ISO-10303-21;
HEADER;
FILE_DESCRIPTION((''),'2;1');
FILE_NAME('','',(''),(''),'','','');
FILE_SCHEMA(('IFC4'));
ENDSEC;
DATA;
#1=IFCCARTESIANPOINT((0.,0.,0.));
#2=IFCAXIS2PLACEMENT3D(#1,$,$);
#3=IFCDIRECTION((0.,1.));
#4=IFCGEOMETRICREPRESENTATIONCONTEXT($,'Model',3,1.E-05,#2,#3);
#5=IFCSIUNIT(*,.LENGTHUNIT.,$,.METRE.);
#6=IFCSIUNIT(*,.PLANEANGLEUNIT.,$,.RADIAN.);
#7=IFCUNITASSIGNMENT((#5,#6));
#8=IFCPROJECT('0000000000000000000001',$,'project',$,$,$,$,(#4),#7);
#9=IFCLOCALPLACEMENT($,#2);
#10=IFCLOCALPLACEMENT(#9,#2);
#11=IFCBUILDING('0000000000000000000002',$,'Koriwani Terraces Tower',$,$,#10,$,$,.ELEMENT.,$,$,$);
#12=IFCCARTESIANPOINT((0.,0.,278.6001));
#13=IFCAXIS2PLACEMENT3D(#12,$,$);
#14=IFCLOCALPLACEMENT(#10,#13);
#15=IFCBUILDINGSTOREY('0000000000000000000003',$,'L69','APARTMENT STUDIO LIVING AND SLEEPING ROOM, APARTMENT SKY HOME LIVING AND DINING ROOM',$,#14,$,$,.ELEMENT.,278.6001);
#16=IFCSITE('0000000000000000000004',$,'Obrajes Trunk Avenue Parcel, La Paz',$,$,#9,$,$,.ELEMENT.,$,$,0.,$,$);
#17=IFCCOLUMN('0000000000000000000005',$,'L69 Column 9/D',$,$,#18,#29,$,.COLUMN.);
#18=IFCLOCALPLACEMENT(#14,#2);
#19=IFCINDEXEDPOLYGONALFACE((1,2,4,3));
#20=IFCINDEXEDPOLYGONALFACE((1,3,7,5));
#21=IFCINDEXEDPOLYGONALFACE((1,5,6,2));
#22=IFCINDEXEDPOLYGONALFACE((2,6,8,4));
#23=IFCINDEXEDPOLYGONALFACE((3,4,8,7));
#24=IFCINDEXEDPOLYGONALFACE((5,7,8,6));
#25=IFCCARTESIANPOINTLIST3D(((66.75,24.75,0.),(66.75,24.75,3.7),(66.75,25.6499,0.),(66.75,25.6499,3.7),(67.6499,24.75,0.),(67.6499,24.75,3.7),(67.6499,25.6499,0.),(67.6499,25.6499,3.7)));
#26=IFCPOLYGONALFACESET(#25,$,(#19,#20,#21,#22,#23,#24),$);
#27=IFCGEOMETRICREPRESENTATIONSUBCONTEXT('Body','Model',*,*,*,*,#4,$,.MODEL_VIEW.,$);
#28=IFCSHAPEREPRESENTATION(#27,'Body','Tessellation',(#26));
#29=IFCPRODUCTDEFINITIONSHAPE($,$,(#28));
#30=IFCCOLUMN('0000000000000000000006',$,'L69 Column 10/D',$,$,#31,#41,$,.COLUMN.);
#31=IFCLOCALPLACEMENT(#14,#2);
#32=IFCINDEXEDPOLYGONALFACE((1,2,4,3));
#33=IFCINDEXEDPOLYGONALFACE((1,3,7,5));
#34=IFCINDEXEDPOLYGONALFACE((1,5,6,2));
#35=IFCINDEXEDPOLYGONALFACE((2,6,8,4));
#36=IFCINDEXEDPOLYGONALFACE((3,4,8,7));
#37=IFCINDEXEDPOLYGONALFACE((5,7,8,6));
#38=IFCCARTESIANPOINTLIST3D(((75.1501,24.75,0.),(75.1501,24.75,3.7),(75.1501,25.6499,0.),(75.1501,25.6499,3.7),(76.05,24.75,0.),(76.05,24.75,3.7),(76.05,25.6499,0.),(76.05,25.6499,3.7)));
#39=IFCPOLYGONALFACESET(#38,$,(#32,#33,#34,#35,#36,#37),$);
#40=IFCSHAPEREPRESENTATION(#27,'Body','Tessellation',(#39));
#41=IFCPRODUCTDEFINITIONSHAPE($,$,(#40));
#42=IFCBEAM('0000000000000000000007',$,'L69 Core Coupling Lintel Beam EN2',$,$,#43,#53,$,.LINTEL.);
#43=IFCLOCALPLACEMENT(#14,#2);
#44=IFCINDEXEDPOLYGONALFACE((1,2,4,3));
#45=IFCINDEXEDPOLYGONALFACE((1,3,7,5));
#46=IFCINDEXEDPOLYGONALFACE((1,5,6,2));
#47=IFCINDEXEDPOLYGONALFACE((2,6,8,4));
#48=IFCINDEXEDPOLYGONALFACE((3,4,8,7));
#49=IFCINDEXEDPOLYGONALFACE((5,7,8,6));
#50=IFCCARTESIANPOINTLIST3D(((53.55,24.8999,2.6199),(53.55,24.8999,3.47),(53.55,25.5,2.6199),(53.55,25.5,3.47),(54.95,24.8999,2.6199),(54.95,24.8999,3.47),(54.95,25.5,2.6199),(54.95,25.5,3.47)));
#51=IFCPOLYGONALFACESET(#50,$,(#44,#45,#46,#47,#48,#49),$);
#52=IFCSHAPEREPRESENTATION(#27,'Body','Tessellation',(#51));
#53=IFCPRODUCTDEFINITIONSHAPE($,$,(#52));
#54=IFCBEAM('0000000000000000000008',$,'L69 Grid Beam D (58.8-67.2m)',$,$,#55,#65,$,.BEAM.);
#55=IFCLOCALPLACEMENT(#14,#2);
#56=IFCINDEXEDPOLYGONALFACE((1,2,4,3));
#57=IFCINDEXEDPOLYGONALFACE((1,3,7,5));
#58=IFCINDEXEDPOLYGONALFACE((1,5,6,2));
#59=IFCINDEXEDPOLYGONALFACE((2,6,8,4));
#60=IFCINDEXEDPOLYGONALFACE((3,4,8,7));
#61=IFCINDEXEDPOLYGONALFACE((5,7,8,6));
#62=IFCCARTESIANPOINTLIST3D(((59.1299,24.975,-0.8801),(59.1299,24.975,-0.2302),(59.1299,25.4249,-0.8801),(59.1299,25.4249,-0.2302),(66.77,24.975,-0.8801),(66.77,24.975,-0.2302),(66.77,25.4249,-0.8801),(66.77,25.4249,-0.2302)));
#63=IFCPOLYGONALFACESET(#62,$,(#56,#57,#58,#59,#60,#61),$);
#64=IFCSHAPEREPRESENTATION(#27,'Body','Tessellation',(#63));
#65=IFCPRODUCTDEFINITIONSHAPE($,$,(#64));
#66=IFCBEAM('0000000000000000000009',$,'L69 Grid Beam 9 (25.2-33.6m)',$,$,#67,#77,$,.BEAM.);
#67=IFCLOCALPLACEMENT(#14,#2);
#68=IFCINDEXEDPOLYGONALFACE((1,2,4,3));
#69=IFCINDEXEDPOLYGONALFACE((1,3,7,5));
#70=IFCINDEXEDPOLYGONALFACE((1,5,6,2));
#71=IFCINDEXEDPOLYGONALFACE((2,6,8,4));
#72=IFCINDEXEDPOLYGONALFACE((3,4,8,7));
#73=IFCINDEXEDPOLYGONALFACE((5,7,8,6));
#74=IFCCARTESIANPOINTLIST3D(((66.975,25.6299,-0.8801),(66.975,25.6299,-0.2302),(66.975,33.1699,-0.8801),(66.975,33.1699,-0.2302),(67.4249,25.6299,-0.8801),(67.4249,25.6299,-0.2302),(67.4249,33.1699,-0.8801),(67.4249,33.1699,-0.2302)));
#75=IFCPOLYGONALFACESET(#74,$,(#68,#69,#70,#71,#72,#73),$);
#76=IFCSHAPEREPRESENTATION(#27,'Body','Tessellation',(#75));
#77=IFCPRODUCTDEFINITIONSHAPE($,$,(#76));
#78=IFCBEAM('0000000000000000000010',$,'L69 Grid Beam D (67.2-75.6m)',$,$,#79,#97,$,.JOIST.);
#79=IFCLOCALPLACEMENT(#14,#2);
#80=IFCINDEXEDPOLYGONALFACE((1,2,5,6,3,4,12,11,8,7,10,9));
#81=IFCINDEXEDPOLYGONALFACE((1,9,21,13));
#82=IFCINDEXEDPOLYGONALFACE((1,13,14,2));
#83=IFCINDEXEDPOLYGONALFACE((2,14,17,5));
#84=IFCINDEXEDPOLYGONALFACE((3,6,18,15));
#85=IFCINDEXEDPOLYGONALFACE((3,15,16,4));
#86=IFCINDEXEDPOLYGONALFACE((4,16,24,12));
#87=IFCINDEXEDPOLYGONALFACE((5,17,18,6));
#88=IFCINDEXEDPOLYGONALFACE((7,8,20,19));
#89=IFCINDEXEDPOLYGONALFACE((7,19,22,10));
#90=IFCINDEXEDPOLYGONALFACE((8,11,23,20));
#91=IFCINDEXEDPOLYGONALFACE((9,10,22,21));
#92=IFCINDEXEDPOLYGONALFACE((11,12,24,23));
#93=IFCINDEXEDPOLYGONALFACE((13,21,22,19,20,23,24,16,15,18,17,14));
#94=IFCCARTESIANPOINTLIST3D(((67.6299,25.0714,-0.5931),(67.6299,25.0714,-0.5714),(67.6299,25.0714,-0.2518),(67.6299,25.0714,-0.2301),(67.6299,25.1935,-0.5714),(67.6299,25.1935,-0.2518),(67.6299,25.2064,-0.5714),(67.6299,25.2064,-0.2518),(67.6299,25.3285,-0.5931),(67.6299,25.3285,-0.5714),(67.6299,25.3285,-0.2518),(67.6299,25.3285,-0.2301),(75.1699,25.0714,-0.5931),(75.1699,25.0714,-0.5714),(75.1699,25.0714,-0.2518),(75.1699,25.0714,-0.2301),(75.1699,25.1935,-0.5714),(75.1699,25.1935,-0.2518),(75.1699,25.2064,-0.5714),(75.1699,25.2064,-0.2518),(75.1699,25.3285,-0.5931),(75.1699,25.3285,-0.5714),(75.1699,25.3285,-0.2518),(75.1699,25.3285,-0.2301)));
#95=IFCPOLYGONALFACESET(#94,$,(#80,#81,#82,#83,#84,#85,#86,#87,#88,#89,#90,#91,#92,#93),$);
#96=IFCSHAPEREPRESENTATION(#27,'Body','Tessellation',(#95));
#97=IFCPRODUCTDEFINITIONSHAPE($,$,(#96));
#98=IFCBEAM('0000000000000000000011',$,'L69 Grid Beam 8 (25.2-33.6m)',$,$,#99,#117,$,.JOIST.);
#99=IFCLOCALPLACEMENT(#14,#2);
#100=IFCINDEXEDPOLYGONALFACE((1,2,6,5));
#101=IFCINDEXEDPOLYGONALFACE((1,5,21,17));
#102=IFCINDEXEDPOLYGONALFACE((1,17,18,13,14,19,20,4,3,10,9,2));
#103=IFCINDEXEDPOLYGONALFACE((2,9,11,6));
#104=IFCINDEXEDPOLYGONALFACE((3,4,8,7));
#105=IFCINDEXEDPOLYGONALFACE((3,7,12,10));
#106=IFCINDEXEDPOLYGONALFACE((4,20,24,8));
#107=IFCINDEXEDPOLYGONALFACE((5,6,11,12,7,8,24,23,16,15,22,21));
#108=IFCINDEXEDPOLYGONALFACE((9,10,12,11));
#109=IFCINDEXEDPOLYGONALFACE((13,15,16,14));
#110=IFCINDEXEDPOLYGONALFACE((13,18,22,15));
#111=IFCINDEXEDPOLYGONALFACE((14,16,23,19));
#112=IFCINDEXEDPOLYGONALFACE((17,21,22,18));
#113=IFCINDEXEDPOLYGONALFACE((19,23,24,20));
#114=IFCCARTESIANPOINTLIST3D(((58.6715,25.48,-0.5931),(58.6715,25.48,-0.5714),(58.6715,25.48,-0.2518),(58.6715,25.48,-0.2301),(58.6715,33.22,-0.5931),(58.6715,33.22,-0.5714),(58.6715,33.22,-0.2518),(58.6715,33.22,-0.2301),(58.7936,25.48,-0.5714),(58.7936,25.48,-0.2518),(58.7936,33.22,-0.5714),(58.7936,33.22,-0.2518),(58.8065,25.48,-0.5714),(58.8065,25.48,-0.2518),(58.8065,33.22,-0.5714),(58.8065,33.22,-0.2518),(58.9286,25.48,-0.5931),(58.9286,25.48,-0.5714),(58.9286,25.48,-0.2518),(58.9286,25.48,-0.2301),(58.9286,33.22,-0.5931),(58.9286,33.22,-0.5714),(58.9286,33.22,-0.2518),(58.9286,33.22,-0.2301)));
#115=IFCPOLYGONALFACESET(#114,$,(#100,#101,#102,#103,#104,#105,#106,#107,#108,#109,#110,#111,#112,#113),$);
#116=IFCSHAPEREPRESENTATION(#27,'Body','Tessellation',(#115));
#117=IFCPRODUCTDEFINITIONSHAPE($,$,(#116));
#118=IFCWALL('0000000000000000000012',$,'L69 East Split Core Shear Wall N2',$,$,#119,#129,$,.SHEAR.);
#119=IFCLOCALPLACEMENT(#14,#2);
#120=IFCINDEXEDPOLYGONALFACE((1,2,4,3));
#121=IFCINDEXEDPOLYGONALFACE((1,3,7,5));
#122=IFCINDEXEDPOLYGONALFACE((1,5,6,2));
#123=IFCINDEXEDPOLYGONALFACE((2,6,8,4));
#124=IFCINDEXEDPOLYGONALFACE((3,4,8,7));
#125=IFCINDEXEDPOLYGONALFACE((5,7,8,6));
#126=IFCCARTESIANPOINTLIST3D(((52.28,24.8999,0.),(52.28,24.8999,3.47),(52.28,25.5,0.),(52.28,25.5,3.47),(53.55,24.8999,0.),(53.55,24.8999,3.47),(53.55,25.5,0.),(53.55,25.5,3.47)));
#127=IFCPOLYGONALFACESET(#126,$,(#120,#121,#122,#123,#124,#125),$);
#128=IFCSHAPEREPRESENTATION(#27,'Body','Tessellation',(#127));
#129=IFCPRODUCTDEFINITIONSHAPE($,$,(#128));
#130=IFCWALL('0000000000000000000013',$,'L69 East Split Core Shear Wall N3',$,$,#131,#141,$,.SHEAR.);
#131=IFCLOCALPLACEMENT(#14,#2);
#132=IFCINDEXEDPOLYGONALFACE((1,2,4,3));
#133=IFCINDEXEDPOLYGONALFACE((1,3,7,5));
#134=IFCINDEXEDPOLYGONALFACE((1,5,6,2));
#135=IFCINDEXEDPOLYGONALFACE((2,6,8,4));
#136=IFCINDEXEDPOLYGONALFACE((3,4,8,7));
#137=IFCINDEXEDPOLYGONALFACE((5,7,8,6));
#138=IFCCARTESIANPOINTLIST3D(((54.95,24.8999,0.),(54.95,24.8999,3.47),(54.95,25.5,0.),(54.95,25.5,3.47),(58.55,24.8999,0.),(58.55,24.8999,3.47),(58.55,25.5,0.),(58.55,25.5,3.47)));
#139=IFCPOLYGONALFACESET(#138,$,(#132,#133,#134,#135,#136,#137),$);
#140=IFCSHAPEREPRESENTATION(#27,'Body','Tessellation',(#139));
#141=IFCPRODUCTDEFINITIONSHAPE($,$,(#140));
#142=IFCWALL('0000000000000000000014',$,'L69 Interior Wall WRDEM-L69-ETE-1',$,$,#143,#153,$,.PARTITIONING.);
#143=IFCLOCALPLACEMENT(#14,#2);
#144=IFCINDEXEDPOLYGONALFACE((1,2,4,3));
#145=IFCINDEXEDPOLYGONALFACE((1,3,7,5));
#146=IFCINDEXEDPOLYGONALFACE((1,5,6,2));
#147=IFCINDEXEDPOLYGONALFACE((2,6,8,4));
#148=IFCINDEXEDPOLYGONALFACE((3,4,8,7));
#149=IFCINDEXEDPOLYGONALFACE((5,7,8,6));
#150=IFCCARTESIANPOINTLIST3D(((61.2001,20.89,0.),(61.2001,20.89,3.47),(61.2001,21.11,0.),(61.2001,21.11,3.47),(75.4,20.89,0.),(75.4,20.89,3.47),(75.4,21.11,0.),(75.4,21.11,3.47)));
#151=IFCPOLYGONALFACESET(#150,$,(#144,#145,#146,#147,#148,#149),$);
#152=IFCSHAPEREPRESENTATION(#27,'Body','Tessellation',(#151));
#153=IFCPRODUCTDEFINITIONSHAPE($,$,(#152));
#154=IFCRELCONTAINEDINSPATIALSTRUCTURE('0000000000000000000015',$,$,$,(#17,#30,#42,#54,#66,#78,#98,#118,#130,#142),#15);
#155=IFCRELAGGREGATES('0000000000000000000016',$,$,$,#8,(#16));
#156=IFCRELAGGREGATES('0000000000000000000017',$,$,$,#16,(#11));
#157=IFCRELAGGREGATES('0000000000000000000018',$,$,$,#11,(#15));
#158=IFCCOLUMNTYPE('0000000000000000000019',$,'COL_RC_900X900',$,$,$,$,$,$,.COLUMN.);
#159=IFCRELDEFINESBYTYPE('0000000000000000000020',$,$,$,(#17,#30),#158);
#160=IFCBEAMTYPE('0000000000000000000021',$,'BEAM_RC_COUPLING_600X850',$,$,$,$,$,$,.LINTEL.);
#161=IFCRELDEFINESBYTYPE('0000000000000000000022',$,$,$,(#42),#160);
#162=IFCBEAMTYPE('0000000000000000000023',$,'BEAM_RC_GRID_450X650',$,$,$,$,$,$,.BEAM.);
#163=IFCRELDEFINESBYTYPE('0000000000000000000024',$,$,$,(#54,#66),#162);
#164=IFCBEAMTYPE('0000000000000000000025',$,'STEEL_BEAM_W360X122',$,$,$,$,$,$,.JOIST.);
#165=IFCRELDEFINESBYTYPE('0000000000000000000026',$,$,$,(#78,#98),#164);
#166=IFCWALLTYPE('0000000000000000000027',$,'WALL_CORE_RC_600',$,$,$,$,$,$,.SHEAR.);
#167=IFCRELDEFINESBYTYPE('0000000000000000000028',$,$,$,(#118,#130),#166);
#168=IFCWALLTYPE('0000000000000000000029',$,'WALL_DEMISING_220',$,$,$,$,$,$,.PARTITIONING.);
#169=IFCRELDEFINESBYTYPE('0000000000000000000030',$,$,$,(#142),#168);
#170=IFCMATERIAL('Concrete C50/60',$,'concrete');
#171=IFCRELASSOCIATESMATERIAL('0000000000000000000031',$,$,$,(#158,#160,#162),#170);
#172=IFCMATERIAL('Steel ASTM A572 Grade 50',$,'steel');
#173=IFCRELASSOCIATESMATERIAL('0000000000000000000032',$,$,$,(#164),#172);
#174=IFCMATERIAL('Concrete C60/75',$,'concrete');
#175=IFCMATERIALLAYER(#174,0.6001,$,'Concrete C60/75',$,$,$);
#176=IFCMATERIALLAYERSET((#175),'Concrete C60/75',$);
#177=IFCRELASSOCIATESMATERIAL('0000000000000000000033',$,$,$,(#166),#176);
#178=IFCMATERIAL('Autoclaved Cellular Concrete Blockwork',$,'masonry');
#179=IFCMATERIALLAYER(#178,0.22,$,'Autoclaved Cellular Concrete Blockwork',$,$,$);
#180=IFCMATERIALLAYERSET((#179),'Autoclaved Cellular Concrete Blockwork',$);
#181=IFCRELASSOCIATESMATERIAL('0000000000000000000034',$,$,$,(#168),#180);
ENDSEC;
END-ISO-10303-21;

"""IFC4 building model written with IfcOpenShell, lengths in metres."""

from ifc_helpers import new_model, si_unit, direction, frame, frame_2d, origin, origin_2d, place, context, subcontext, project, spatial, rectangle, i_section, extrude, material, layer, layer_set, material_profile, profile_set, type_object, element, save


model = new_model("IFC4")

# Units and contexts
model_context = context("Model", 3, precision=1e-05, world=origin(), true_north=direction((0.0, 1.0)))
body_context = subcontext(model_context, "Body", "Model", "MODEL_VIEW")
ifc_project = project(units=[si_unit("LENGTHUNIT", "METRE"), si_unit("PLANEANGLEUNIT", "RADIAN")], contexts=[model_context])

# Site, building, storey
site_placement = place(None, origin())
site = spatial("IfcSite", under=ifc_project, at=site_placement, Name="Obrajes Trunk Avenue Parcel, La Paz", CompositionType="ELEMENT", RefElevation=0.0)
building_placement = place(site_placement, origin())
building = spatial("IfcBuilding", under=site, at=building_placement, Name="Koriwani Terraces Tower", CompositionType="ELEMENT")
storey_placement = place(building_placement, frame((0.0, 0.0, 278.6001)))
storey = spatial("IfcBuildingStorey", under=building, at=storey_placement, Name="L69", Description="APARTMENT STUDIO LIVING AND SLEEPING ROOM, APARTMENT SKY HOME LIVING AND DINING ROOM", CompositionType="ELEMENT", Elevation=278.6001)

# Columns
ifc_material_1 = material(Name="Concrete C50/60", Category="concrete")
ifc_material_profile_1 = material_profile(ifc_material_1, rectangle(XDim=0.8999, YDim=0.8999, at=origin_2d()), Name="Concrete C50/60", Category="LoadBearing")
ifc_profile_set_1 = profile_set([ifc_material_profile_1], Name="Concrete C50/60")
column_type = type_object("IfcColumnType", Name="COL_RC_900X900", PredefinedType="COLUMN", material=ifc_profile_set_1)
for number, where, z_axis, x_axis, name in (
    (1, (67.2, 25.2, 0.0), (0.0, 0.0, 1.0), (1.0, 0.0, 0.0), "L69 Column 9/D"),
    (2, (75.6001, 25.2, 0.0), (0.0, 0.0, 1.0), (1.0, 0.0, 0.0), "L69 Column 10/D"),
):
    element("IfcColumn", number, at=place(storey_placement, frame(where, z_axis=z_axis, x_axis=x_axis)), inside=storey, type_object=column_type, Name=name, PredefinedType="COLUMN", context=body_context, shape_type="SweptSolid", body=[
        extrude(rectangle(XDim=0.8999, YDim=0.8999, at=origin_2d()), origin(), (0.0, 0.0, 1.0), 3.7),
    ])

# Beams
ifc_material_profile_2 = material_profile(ifc_material_1, rectangle(XDim=0.6001, YDim=0.8501, at=origin_2d()), Name="Concrete C50/60", Category="LoadBearing")
ifc_profile_set_2 = profile_set([ifc_material_profile_2], Name="Concrete C50/60")
beam_type_1 = type_object("IfcBeamType", Name="BEAM_RC_COUPLING_600X850", PredefinedType="LINTEL", material=ifc_profile_set_2)
beam_1_placement = place(storey_placement, frame((53.55, 25.2, 3.0449), z_axis=(1.0, 0.0, 0.0), x_axis=(0.0, 1.0, 0.0)))
element("IfcBeam", 3, at=beam_1_placement, inside=storey, type_object=beam_type_1, Name="L69 Core Coupling Lintel Beam EN2", PredefinedType="LINTEL", context=body_context, shape_type="SweptSolid", body=[
    extrude(rectangle(XDim=0.6001, YDim=0.8501, at=origin_2d()), origin(), (0.0, 0.0, 1.0), 1.3999),
])
ifc_material_profile_3 = material_profile(ifc_material_1, rectangle(XDim=0.45, YDim=0.6499, at=origin_2d()), Name="Concrete C50/60", Category="LoadBearing")
ifc_profile_set_3 = profile_set([ifc_material_profile_3], Name="Concrete C50/60")
beam_type_2 = type_object("IfcBeamType", Name="BEAM_RC_GRID_450X650", PredefinedType="BEAM", material=ifc_profile_set_3)
beam_2_placement = place(storey_placement, frame((59.1299, 25.2, -0.5552), z_axis=(1.0, 0.0, 0.0), x_axis=(0.0, 1.0, 0.0)))
element("IfcBeam", 4, at=beam_2_placement, inside=storey, type_object=beam_type_2, Name="L69 Grid Beam D (58.8-67.2m)", PredefinedType="BEAM", context=body_context, shape_type="SweptSolid", body=[
    extrude(rectangle(XDim=0.45, YDim=0.6499, at=origin_2d()), origin(), (0.0, 0.0, 1.0), 7.6401),
])
beam_3_placement = place(storey_placement, frame((67.2, 25.6299, -0.5552), z_axis=(0.0, 1.0, 0.0), x_axis=(-1.0, 0.0, 0.0)))
element("IfcBeam", 5, at=beam_3_placement, inside=storey, type_object=beam_type_2, Name="L69 Grid Beam 9 (25.2-33.6m)", PredefinedType="BEAM", context=body_context, shape_type="SweptSolid", body=[
    extrude(rectangle(XDim=0.45, YDim=0.6499, at=origin_2d()), origin(), (0.0, 0.0, 1.0), 7.54),
])
ifc_material_2 = material(Name="Steel ASTM A572 Grade 50", Category="steel")
ifc_material_profile_4 = material_profile(ifc_material_2, i_section(OverallWidth=0.2571, OverallDepth=0.363, WebThickness=0.0129, FlangeThickness=0.0217, at=origin_2d()), Name="Steel ASTM A572 Grade 50", Category="LoadBearing")
ifc_profile_set_4 = profile_set([ifc_material_profile_4], Name="Steel ASTM A572 Grade 50")
beam_type_3 = type_object("IfcBeamType", Name="STEEL_BEAM_W360X122", PredefinedType="JOIST", material=ifc_profile_set_4)
beam_4_placement = place(storey_placement, frame((67.6299, 25.2, -0.4116), z_axis=(1.0, 0.0, 0.0), x_axis=(0.0, 1.0, 0.0)))
element("IfcBeam", 6, at=beam_4_placement, inside=storey, type_object=beam_type_3, Name="L69 Grid Beam D (67.2-75.6m)", PredefinedType="JOIST", context=body_context, shape_type="SweptSolid", body=[
    extrude(i_section(OverallWidth=0.2571, OverallDepth=0.363, WebThickness=0.0129, FlangeThickness=0.0217, at=origin_2d()), origin(), (0.0, 0.0, 1.0), 7.54),
])
beam_5_placement = place(storey_placement, frame((58.8, 25.48, -0.4116), z_axis=(0.0, 1.0, 0.0), x_axis=(-1.0, 0.0, 0.0)))
element("IfcBeam", 7, at=beam_5_placement, inside=storey, type_object=beam_type_3, Name="L69 Grid Beam 8 (25.2-33.6m)", PredefinedType="JOIST", context=body_context, shape_type="SweptSolid", body=[
    extrude(i_section(OverallWidth=0.2571, OverallDepth=0.363, WebThickness=0.0129, FlangeThickness=0.0217, at=origin_2d()), origin(), (0.0, 0.0, 1.0), 7.74),
])

# Walls
ifc_material_3 = material(Name="Concrete C60/75", Category="concrete")
ifc_layer_1 = layer(ifc_material_3, 0.6001, Name="Concrete C60/75")
ifc_layer_set_1 = layer_set([ifc_layer_1], Name="Concrete C60/75")
wall_type_1 = type_object("IfcWallType", Name="WALL_CORE_RC_600", PredefinedType="SHEAR", material=ifc_layer_set_1)
wall_1_placement = place(storey_placement, frame((52.28, 25.2, 0.0), z_axis=(0.0, 0.0, 1.0), x_axis=(1.0, 0.0, 0.0)))
element("IfcWall", 8, at=wall_1_placement, inside=storey, type_object=wall_type_1, Name="L69 East Split Core Shear Wall N2", PredefinedType="SHEAR", context=body_context, shape_type="SweptSolid", body=[
    extrude(rectangle(XDim=1.27, YDim=0.6001, at=frame_2d((0.635, 0.0))), origin(), (0.0, 0.0, 1.0), 3.47),
])
wall_2_placement = place(storey_placement, frame((54.95, 25.2, 0.0), z_axis=(0.0, 0.0, 1.0), x_axis=(1.0, 0.0, 0.0)))
element("IfcWall", 9, at=wall_2_placement, inside=storey, type_object=wall_type_1, Name="L69 East Split Core Shear Wall N3", PredefinedType="SHEAR", context=body_context, shape_type="SweptSolid", body=[
    extrude(rectangle(XDim=3.6001, YDim=0.6001, at=frame_2d((1.8, 0.0))), origin(), (0.0, 0.0, 1.0), 3.47),
])
ifc_material_4 = material(Name="Autoclaved Cellular Concrete Blockwork", Category="masonry")
ifc_layer_2 = layer(ifc_material_4, 0.22, Name="Autoclaved Cellular Concrete Blockwork")
ifc_layer_set_2 = layer_set([ifc_layer_2], Name="Autoclaved Cellular Concrete Blockwork")
wall_type_2 = type_object("IfcWallType", Name="WALL_DEMISING_220", PredefinedType="PARTITIONING", material=ifc_layer_set_2)
wall_3_placement = place(storey_placement, frame((61.2, 21.0, 0.0), z_axis=(0.0, 0.0, 1.0), x_axis=(1.0, 0.0, 0.0)))
element("IfcWall", 10, at=wall_3_placement, inside=storey, type_object=wall_type_2, Name="L69 Interior Wall WRDEM-L69-ETE-1", PredefinedType="PARTITIONING", context=body_context, shape_type="SweptSolid", body=[
    extrude(rectangle(XDim=14.2, YDim=0.22, at=frame_2d((7.1001, 0.0))), origin(), (0.0, 0.0, 1.0), 3.47),
])

save(model, "model.ifc")
